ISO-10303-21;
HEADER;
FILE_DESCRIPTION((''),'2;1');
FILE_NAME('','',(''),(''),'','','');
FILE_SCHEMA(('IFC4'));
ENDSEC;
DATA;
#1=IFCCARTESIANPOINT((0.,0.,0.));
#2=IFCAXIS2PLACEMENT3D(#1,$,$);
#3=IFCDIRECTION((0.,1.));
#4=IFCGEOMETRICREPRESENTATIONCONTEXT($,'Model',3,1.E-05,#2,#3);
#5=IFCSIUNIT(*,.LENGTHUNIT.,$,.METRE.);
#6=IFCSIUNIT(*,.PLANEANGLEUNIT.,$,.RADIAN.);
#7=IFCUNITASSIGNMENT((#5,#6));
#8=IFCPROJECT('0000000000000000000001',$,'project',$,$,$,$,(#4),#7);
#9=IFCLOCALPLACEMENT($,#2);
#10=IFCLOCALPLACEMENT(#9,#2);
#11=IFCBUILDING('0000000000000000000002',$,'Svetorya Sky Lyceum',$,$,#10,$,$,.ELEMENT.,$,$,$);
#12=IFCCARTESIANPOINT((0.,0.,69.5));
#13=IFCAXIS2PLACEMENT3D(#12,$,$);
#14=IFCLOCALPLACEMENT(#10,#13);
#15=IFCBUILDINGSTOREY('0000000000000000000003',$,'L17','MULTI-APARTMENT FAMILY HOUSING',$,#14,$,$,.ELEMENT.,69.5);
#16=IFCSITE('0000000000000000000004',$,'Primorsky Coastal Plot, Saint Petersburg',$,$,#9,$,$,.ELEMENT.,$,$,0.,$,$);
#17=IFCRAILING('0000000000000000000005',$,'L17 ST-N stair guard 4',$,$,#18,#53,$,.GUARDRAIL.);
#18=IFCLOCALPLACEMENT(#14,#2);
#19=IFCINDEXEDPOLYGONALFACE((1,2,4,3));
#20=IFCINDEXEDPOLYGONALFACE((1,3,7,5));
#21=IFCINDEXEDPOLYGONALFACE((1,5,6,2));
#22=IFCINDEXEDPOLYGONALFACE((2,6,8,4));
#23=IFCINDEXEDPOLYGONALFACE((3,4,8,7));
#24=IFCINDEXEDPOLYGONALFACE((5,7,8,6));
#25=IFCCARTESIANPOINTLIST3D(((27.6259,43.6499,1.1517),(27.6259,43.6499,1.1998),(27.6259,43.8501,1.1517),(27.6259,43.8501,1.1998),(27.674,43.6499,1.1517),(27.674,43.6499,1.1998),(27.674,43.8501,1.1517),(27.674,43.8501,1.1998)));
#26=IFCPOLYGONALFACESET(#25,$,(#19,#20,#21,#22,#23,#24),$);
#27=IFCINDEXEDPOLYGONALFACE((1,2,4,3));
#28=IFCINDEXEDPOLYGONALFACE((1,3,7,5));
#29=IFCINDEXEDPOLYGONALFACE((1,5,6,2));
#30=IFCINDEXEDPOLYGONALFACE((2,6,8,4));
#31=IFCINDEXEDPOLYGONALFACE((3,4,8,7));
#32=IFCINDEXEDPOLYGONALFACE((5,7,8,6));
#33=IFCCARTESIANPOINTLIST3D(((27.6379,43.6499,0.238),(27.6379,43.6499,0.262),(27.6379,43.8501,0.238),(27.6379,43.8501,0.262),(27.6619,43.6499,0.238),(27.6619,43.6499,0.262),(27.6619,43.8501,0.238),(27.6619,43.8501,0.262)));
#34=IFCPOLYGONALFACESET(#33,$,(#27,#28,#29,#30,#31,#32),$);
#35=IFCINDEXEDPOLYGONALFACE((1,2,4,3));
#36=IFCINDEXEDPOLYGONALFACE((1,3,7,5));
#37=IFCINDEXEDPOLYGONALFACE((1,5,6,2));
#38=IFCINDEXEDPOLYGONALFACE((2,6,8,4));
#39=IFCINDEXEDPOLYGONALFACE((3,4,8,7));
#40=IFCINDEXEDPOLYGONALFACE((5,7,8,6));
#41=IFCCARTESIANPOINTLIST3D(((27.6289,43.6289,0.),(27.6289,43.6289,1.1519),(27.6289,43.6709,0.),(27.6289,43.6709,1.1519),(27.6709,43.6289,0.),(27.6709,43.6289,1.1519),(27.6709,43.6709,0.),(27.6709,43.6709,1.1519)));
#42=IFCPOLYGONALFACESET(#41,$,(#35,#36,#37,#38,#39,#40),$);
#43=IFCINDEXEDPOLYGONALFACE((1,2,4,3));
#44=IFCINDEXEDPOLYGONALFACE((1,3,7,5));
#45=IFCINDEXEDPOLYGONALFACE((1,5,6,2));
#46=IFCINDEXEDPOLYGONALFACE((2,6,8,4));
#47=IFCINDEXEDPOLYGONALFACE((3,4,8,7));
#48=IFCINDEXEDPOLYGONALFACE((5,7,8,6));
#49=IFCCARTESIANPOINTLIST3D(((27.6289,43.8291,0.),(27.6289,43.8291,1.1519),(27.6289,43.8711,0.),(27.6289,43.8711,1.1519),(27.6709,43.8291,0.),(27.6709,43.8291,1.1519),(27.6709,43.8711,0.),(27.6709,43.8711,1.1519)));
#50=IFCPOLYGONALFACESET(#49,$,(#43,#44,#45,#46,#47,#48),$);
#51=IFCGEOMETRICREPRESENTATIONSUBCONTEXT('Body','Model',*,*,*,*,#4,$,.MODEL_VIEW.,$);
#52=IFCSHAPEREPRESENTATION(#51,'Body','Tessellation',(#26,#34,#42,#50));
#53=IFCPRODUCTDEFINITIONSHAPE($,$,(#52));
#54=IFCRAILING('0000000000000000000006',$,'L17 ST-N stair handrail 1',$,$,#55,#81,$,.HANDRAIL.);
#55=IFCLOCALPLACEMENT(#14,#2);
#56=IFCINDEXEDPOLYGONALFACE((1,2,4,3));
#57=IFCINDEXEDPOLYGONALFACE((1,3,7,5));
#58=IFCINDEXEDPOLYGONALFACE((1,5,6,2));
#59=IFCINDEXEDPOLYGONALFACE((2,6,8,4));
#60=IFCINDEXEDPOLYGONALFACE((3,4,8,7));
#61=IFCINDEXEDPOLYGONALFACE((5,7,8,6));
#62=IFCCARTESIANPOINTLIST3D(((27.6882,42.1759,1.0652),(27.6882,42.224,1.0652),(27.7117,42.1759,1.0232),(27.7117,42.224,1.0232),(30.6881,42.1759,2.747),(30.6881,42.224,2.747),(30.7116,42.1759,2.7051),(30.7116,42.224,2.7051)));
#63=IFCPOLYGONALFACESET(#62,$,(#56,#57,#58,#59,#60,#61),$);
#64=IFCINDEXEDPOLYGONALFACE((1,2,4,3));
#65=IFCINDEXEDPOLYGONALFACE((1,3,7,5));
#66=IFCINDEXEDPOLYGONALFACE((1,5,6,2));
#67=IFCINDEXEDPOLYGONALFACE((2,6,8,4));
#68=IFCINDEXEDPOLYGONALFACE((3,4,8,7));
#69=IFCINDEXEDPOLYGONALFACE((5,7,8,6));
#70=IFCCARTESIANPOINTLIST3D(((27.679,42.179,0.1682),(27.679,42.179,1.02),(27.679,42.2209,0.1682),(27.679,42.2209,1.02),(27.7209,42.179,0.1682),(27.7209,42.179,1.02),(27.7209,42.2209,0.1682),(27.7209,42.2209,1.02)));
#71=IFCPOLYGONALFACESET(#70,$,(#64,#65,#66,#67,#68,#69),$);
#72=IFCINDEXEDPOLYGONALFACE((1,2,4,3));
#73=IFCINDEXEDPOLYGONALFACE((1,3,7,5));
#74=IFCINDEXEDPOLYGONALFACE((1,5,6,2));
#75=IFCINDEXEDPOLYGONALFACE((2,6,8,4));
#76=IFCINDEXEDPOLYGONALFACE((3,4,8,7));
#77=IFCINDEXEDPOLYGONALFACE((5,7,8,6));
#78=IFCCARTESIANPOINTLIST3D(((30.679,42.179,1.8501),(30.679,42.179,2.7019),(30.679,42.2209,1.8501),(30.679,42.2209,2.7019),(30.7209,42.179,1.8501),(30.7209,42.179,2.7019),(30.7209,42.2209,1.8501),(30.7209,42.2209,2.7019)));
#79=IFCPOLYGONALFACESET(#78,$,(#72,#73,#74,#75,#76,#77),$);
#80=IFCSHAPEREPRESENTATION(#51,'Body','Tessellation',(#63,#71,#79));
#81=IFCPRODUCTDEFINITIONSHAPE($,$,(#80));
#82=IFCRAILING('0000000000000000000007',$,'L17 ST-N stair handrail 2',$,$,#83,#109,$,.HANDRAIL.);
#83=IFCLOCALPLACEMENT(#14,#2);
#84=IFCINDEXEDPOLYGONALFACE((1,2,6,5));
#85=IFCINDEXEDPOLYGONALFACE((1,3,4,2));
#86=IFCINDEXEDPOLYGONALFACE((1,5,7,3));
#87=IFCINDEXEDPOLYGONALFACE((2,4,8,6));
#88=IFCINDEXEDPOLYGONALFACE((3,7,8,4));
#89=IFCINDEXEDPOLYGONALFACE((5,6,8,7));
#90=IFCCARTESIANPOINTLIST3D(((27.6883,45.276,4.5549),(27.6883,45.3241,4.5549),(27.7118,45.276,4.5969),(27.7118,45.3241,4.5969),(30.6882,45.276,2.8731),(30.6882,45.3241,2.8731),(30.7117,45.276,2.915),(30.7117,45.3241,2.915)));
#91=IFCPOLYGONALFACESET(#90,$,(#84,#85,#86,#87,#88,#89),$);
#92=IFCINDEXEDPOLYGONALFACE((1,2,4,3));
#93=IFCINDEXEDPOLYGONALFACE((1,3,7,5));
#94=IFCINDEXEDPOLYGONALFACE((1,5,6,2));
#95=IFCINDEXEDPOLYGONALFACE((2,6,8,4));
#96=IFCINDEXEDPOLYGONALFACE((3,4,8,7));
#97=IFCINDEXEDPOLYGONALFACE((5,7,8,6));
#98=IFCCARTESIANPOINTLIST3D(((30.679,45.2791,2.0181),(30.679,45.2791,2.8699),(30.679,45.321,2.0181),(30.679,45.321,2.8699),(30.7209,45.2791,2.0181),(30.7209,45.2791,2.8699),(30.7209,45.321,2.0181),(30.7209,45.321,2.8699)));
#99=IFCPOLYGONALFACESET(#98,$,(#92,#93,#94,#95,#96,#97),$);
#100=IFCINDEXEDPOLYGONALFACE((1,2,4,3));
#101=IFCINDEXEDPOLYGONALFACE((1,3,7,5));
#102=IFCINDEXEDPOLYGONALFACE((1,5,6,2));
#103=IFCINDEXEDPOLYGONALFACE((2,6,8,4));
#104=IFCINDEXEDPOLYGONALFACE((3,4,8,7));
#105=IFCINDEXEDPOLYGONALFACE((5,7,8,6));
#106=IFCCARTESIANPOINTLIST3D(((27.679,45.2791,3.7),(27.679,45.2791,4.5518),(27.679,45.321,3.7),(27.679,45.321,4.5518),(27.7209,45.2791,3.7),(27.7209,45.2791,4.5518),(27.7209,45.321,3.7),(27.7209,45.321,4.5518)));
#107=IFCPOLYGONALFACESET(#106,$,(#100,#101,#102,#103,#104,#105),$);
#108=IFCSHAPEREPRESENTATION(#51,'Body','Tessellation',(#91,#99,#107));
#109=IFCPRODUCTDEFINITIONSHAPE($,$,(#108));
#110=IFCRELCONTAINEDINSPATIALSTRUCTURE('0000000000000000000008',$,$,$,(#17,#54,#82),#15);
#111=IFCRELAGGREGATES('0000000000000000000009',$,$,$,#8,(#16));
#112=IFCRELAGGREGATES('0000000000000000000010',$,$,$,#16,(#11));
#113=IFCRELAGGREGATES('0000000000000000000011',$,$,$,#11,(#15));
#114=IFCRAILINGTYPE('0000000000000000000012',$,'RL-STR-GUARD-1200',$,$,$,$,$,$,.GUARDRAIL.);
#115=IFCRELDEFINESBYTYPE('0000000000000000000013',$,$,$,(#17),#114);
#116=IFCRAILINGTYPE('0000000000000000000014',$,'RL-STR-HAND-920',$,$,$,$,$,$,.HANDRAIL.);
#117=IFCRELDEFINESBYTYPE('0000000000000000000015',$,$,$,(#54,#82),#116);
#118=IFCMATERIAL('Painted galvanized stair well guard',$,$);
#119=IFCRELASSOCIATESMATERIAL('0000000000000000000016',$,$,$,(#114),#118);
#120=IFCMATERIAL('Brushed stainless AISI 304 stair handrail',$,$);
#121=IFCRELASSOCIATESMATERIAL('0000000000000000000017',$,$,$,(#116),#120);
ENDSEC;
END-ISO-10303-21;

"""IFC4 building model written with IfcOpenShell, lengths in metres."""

from ifc_helpers import new_model, si_unit, direction, frame, origin, origin_2d, place, context, subcontext, project, spatial, rectangle, extrude, material, type_object, element, save


model = new_model("IFC4")

# Units and contexts
model_context = context("Model", 3, precision=1e-05, world=origin(), true_north=direction((0.0, 1.0)))
body_context = subcontext(model_context, "Body", "Model", "MODEL_VIEW")
ifc_project = project(units=[si_unit("LENGTHUNIT", "METRE"), si_unit("PLANEANGLEUNIT", "RADIAN")], contexts=[model_context])

# Site, building, storey
site_placement = place(None, origin())
site = spatial("IfcSite", under=ifc_project, at=site_placement, Name="Primorsky Coastal Plot, Saint Petersburg", CompositionType="ELEMENT", RefElevation=0.0)
building_placement = place(site_placement, origin())
building = spatial("IfcBuilding", under=site, at=building_placement, Name="Svetorya Sky Lyceum", CompositionType="ELEMENT")
storey_placement = place(building_placement, frame((0.0, 0.0, 69.5)))
storey = spatial("IfcBuildingStorey", under=building, at=storey_placement, Name="L17", Description="MULTI-APARTMENT FAMILY HOUSING", CompositionType="ELEMENT", Elevation=69.5)

# Railings
ifc_material_1 = material(Name="Painted galvanized stair well guard")
railing_type_1 = type_object("IfcRailingType", Name="RL-STR-GUARD-1200", PredefinedType="GUARDRAIL", material=ifc_material_1)
railing_1_placement = place(storey_placement, frame((27.6499, 43.6499, 0.0)))
element("IfcRailing", 1, at=railing_1_placement, inside=storey, type_object=railing_type_1, Name="L17 ST-N stair guard 4", PredefinedType="GUARDRAIL", context=body_context, shape_type="SweptSolid", body=[
    extrude(rectangle(XDim=0.0481, YDim=0.0481, at=origin_2d()), frame((0.0, 0.0, 1.1758), z_axis=(0.0, 1.0, 0.0), x_axis=(-1.0, 0.0, 0.0)), (0.0, 0.0, 1.0), 0.2002),
    extrude(rectangle(XDim=0.0239, YDim=0.0239, at=origin_2d()), frame((0.0, 0.0, 0.25), z_axis=(0.0, 1.0, 0.0), x_axis=(-1.0, 0.0, 0.0)), (0.0, 0.0, 1.0), 0.2002),
    extrude(rectangle(XDim=0.042, YDim=0.042, at=origin_2d()), origin(), (0.0, 0.0, 1.0), 1.1519),
    extrude(rectangle(XDim=0.042, YDim=0.042, at=origin_2d()), frame((0.0, 0.2002, 0.0)), (0.0, 0.0, 1.0), 1.1519),
])
ifc_material_2 = material(Name="Brushed stainless AISI 304 stair handrail")
railing_type_2 = type_object("IfcRailingType", Name="RL-STR-HAND-920", PredefinedType="HANDRAIL", material=ifc_material_2)
railing_2_placement = place(storey_placement, frame((27.7, 42.2, 0.1682)))
element("IfcRailing", 2, at=railing_2_placement, inside=storey, type_object=railing_type_2, Name="L17 ST-N stair handrail 1", PredefinedType="HANDRAIL", context=body_context, shape_type="SweptSolid", body=[
    extrude(rectangle(XDim=0.0481, YDim=0.0481, at=origin_2d()), frame((0.0, 0.0, 0.876), z_axis=(0.872272, 0.0, 0.48902), x_axis=(0.0, 1.0, 0.0)), (0.0, 0.0, 1.0), 3.4392),
    extrude(rectangle(XDim=0.042, YDim=0.042, at=origin_2d()), origin(), (0.0, 0.0, 1.0), 0.8518),
    extrude(rectangle(XDim=0.042, YDim=0.042, at=origin_2d()), frame((3.0, 0.0, 1.6819)), (0.0, 0.0, 1.0), 0.8518),
])
railing_3_placement = place(storey_placement, frame((30.7, 45.3, 2.0181)))
element("IfcRailing", 3, at=railing_3_placement, inside=storey, type_object=railing_type_2, Name="L17 ST-N stair handrail 2", PredefinedType="HANDRAIL", context=body_context, shape_type="SweptSolid", body=[
    extrude(rectangle(XDim=0.0481, YDim=0.0481, at=origin_2d()), frame((0.0, 0.0, 0.876), z_axis=(-0.872272, 0.0, 0.48902), x_axis=(0.0, -1.0, 0.0)), (0.0, 0.0, 1.0), 3.4392),
    extrude(rectangle(XDim=0.042, YDim=0.042, at=origin_2d()), origin(), (0.0, 0.0, 1.0), 0.8518),
    extrude(rectangle(XDim=0.042, YDim=0.042, at=origin_2d()), frame((-3.0, 0.0, 1.6819)), (0.0, 0.0, 1.0), 0.8518),
])

save(model, "model.ifc")
